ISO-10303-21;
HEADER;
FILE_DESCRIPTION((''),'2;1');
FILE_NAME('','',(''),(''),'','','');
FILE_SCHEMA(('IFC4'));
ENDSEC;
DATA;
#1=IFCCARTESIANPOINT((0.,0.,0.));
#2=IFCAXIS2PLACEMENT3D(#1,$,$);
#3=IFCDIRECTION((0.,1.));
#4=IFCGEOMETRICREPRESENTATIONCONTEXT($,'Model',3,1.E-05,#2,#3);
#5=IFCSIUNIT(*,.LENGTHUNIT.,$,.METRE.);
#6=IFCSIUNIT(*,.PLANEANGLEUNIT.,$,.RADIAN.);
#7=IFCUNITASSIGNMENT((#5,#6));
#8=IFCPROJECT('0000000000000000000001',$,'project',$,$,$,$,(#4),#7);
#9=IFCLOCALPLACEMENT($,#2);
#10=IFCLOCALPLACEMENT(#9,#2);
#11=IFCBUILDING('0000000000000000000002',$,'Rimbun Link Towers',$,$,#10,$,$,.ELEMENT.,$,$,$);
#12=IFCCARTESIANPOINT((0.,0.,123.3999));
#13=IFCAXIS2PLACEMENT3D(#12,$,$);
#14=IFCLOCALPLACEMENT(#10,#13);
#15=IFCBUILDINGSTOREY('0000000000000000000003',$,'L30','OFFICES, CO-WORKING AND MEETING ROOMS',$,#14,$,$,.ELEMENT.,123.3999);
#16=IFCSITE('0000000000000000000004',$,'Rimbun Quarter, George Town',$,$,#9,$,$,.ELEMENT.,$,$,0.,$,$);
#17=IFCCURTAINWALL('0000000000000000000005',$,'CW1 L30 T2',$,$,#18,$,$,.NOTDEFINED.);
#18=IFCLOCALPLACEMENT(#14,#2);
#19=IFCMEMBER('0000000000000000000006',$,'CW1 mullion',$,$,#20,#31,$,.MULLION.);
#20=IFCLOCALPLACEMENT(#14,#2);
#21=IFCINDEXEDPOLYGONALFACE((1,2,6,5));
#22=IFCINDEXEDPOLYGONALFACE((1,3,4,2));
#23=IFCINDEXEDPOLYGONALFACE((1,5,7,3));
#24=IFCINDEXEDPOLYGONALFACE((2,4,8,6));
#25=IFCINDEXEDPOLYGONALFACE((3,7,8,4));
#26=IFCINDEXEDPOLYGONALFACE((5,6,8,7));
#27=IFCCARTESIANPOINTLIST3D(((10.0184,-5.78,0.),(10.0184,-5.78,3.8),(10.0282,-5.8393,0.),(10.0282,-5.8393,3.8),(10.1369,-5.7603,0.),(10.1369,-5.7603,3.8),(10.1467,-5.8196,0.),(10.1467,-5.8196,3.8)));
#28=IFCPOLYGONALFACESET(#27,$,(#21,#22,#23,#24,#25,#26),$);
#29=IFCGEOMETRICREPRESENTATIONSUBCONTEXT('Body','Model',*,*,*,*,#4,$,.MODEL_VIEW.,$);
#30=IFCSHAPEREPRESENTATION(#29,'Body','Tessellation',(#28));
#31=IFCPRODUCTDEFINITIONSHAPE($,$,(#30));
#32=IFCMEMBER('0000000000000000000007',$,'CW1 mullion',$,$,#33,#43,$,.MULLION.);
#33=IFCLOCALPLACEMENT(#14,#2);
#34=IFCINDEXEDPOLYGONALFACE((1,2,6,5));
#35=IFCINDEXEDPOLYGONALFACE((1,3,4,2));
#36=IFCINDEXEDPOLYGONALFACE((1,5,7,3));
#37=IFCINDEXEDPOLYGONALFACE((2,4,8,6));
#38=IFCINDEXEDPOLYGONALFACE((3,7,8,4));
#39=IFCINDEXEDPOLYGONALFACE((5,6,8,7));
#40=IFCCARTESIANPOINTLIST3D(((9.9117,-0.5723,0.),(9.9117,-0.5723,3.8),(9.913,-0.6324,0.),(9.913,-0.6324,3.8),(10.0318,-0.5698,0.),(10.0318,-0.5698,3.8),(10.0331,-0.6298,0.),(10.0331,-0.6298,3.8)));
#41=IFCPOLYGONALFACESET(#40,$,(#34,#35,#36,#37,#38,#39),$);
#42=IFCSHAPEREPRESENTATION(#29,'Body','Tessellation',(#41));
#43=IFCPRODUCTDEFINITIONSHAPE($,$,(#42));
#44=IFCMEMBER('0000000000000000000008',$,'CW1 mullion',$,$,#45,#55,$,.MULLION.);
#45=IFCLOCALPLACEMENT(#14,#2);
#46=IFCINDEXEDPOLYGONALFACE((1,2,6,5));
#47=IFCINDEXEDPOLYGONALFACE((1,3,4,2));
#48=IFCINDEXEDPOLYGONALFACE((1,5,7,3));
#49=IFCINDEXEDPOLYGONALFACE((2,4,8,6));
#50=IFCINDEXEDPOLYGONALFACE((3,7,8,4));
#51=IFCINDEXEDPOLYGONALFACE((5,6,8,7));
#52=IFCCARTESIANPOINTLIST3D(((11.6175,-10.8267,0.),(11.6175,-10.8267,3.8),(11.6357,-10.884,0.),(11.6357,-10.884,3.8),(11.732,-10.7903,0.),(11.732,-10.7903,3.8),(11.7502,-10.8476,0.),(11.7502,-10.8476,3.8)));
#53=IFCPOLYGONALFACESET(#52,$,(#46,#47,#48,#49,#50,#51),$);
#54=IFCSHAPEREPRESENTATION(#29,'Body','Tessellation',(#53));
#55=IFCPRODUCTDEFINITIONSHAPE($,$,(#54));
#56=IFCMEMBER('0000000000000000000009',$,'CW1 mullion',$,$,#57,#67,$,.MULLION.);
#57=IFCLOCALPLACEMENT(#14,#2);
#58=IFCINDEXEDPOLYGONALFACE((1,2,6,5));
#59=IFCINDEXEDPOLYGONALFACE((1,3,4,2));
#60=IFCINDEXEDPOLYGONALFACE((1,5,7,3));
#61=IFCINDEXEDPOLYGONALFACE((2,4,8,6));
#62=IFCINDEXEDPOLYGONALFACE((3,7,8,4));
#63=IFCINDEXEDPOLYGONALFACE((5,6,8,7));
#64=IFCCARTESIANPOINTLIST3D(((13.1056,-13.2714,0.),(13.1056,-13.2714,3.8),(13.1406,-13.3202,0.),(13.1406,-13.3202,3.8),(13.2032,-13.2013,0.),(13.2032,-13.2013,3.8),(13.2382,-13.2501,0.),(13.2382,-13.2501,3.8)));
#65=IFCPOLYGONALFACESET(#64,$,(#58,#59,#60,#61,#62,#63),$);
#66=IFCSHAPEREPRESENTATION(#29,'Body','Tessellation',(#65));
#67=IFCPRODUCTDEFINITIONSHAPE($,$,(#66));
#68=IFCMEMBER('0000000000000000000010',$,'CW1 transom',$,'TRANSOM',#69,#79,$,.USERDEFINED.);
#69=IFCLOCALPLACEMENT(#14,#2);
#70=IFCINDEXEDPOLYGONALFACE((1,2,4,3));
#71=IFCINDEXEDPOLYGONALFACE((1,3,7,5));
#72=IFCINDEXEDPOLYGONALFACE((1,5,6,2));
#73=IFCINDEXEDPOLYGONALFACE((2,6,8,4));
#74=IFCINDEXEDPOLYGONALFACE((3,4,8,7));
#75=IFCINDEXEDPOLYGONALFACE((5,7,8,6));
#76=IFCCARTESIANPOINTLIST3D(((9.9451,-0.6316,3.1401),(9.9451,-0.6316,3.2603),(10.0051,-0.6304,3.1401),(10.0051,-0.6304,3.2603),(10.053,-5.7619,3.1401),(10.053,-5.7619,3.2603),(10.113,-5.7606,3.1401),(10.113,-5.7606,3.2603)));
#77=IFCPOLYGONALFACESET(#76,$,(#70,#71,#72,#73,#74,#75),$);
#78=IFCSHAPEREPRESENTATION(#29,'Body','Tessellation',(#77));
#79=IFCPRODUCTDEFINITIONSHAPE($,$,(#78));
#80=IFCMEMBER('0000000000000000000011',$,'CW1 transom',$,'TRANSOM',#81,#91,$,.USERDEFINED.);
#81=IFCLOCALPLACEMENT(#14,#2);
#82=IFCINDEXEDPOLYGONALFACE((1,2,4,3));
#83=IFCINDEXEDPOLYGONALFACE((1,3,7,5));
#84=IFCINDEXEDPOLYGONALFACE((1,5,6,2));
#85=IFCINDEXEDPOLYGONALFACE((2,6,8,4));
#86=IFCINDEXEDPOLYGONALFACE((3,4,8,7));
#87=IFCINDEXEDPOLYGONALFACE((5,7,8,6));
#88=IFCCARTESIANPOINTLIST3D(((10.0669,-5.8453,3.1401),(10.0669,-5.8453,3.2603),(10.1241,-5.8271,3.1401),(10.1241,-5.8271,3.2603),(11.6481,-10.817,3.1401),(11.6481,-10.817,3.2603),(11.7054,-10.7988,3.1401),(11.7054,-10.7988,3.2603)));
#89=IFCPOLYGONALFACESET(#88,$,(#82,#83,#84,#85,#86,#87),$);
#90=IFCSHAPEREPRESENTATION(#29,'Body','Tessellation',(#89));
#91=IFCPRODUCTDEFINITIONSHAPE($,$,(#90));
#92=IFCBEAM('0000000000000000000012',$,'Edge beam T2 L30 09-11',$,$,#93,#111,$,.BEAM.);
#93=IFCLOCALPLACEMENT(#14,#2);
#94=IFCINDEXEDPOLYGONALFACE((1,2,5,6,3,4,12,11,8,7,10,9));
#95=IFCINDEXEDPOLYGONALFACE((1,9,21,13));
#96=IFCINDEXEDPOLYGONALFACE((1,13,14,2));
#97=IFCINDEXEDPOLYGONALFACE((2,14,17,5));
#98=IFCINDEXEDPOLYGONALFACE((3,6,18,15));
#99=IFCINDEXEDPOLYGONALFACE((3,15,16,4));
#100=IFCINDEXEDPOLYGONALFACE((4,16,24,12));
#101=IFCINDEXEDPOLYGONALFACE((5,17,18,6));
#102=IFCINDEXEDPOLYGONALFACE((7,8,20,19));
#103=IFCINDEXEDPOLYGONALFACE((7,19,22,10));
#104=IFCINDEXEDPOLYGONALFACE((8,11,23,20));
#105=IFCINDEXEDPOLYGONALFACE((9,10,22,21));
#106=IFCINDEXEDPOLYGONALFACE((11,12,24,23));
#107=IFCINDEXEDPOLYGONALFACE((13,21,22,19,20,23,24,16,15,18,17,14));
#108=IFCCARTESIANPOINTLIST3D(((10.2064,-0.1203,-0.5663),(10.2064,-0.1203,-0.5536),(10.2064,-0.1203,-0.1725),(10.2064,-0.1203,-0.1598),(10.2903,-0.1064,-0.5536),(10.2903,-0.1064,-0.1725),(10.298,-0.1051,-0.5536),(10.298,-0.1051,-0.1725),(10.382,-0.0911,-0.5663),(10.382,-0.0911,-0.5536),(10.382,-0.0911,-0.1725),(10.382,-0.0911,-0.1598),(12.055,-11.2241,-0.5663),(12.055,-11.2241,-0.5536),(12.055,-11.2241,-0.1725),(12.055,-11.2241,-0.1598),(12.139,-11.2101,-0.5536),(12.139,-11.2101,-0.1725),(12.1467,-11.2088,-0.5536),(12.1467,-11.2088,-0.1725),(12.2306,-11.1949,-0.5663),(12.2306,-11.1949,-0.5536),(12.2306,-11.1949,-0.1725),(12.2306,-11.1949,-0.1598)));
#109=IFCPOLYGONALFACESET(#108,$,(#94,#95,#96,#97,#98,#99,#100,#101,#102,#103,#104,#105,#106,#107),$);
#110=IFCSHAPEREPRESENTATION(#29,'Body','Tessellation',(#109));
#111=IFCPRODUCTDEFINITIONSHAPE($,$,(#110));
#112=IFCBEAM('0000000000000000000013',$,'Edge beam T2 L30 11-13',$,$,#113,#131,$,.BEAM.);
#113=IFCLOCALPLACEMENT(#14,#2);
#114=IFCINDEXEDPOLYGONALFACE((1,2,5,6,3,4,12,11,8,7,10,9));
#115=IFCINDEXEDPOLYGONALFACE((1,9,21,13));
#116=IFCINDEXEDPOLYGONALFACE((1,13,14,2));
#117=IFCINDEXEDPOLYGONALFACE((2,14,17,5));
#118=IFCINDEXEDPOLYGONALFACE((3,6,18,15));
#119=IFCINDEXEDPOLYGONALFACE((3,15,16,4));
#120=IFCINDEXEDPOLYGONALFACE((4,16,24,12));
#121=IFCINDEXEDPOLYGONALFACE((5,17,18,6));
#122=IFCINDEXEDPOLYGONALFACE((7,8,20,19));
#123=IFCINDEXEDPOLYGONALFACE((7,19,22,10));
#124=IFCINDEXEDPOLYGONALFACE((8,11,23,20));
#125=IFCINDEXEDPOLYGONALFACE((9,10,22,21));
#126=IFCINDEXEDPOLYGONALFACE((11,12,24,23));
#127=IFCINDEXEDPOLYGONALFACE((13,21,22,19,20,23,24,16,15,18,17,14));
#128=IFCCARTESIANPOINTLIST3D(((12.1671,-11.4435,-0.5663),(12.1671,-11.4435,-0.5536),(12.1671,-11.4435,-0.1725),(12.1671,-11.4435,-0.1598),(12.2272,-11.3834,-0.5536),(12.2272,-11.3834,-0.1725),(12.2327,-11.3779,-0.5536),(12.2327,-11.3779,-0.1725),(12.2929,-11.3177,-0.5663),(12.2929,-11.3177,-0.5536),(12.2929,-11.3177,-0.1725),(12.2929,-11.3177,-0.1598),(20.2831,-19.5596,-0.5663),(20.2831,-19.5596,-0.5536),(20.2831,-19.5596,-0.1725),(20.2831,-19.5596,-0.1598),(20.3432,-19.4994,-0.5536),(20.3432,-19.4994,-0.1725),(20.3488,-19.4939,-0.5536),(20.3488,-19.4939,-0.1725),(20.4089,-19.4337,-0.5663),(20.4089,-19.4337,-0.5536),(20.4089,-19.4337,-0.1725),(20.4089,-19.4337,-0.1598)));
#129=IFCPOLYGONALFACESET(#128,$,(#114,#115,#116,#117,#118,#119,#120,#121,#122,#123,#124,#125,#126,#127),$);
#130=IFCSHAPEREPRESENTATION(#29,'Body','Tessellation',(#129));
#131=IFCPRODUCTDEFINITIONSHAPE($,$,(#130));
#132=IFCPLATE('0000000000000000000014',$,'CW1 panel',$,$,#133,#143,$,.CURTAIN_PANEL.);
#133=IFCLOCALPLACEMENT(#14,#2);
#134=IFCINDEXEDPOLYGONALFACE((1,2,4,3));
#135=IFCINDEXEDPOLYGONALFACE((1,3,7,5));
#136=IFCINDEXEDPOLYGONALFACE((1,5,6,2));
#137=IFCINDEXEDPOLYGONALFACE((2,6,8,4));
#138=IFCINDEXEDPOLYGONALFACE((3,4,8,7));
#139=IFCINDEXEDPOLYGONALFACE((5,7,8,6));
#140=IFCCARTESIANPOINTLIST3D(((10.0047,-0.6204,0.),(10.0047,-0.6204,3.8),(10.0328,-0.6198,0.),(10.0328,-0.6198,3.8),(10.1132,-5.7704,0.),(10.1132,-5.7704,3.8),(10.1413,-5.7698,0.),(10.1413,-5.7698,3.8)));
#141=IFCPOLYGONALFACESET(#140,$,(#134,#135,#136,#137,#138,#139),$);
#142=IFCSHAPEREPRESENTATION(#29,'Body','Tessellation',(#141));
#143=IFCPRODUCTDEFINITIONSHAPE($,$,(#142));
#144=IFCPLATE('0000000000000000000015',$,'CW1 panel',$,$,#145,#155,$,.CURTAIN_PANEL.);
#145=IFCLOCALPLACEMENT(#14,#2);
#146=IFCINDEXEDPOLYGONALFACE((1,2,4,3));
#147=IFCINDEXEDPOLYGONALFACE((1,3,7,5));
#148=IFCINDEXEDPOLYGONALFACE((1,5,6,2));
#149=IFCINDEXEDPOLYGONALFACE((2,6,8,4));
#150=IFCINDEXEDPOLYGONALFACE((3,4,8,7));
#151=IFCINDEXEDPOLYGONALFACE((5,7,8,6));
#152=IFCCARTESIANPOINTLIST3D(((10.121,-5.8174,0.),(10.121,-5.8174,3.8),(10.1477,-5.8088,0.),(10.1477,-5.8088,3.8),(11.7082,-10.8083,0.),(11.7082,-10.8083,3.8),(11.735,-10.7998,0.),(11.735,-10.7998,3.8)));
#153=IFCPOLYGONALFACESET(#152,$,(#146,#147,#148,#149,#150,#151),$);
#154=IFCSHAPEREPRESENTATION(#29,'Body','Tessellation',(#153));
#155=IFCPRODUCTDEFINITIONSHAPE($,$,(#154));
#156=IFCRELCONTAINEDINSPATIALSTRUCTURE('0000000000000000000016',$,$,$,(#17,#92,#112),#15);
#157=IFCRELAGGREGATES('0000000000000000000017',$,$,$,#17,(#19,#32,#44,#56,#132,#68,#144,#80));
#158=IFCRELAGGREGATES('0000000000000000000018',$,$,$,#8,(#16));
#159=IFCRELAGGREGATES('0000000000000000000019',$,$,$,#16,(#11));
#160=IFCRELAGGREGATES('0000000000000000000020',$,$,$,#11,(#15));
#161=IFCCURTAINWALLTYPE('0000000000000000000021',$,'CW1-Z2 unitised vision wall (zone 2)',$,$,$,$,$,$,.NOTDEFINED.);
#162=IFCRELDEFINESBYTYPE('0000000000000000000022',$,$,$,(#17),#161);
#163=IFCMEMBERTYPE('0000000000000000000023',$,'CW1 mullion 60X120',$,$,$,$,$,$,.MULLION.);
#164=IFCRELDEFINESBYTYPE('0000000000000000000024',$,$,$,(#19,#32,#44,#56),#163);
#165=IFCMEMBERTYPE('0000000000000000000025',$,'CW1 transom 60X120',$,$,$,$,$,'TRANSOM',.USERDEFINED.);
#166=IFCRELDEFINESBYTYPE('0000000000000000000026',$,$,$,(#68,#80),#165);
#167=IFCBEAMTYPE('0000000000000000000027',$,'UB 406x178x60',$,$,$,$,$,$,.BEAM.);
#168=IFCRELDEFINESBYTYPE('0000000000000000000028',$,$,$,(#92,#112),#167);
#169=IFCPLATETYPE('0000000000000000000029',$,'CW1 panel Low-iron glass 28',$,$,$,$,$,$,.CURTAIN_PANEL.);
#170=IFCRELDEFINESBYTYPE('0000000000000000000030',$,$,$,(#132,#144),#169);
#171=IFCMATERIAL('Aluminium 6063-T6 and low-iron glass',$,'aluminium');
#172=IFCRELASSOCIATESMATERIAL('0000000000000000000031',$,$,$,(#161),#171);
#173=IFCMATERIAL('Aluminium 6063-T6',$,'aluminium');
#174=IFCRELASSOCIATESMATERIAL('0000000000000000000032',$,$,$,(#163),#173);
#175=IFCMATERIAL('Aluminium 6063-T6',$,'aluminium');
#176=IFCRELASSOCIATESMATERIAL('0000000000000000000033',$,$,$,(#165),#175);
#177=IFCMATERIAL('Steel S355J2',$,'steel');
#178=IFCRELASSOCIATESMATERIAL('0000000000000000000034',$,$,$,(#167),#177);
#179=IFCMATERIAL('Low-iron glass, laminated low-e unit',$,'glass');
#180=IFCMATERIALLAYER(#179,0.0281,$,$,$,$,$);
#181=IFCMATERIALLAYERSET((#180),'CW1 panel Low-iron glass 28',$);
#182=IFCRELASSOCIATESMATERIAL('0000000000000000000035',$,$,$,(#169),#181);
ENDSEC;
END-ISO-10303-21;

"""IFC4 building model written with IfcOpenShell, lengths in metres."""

from ifc_helpers import new_model, si_unit, direction, frame, origin, origin_2d, place, context, subcontext, project, spatial, rectangle, i_section, extrude, material, layer, layer_set, material_profile, profile_set, type_object, element, aggregate, save


model = new_model("IFC4")

# Units and contexts
model_context = context("Model", 3, precision=1e-05, world=origin(), true_north=direction((0.0, 1.0)))
body_context = subcontext(model_context, "Body", "Model", "MODEL_VIEW")
ifc_project = project(units=[si_unit("LENGTHUNIT", "METRE"), si_unit("PLANEANGLEUNIT", "RADIAN")], contexts=[model_context])

# Site, building, storey
site_placement = place(None, origin())
site = spatial("IfcSite", under=ifc_project, at=site_placement, Name="Rimbun Quarter, George Town", CompositionType="ELEMENT", RefElevation=0.0)
building_placement = place(site_placement, origin())
building = spatial("IfcBuilding", under=site, at=building_placement, Name="Rimbun Link Towers", CompositionType="ELEMENT")
storey_placement = place(building_placement, frame((0.0, 0.0, 123.3999)))
storey = spatial("IfcBuildingStorey", under=building, at=storey_placement, Name="L30", Description="OFFICES, CO-WORKING AND MEETING ROOMS", CompositionType="ELEMENT", Elevation=123.3999)

# Curtain wall, members
ifc_material_1 = material(Name="Aluminium 6063-T6 and low-iron glass", Category="aluminium")
curtain_wall_type = type_object("IfcCurtainWallType", Name="CW1-Z2 unitised vision wall (zone 2)", PredefinedType="NOTDEFINED", material=ifc_material_1)
curtain_wall_placement = place(storey_placement, origin())
curtain_wall = element("IfcCurtainWall", 1, at=curtain_wall_placement, inside=storey, type_object=curtain_wall_type, Name="CW1 L30 T2", PredefinedType="NOTDEFINED")
ifc_material_2 = material(Name="Aluminium 6063-T6", Category="aluminium")
ifc_material_profile_1 = material_profile(ifc_material_2, rectangle(XDim=0.1201, YDim=0.0601, at=origin_2d()), Name="MULLION 60X120")
ifc_profile_set_1 = profile_set([ifc_material_profile_1], Name="Aluminium 6063-T6")
member_type_1 = type_object("IfcMemberType", Name="CW1 mullion 60X120", PredefinedType="MULLION", material=ifc_profile_set_1)
member_1_placement = place(storey_placement, frame((10.0825, -5.7998, 0.0), z_axis=(0.0, 0.0, 1.0), x_axis=(-0.986502, -0.163751, 0.0)))
member_1 = element("IfcMember", 2, at=member_1_placement, type_object=member_type_1, Name="CW1 mullion", PredefinedType="MULLION", context=body_context, shape_type="SweptSolid", body=[
    extrude(rectangle(XDim=0.1201, YDim=0.0601, at=origin_2d()), origin(), (0.0, 0.0, 1.0), 3.8),
])
member_2_placement = place(storey_placement, frame((9.9724, -0.6011, 0.0), z_axis=(0.0, 0.0, 1.0), x_axis=(-0.999778, -0.021066, 0.0)))
member_2 = element("IfcMember", 3, at=member_2_placement, type_object=member_type_1, Name="CW1 mullion", PredefinedType="MULLION", context=body_context, shape_type="SweptSolid", body=[
    extrude(rectangle(XDim=0.1201, YDim=0.0601, at=origin_2d()), origin(), (0.0, 0.0, 1.0), 3.8),
])
member_3_placement = place(storey_placement, frame((11.6838, -10.8372, 0.0), z_axis=(0.0, 0.0, 1.0), x_axis=(-0.952967, -0.303073, 0.0)))
member_3 = element("IfcMember", 4, at=member_3_placement, type_object=member_type_1, Name="CW1 mullion", PredefinedType="MULLION", context=body_context, shape_type="SweptSolid", body=[
    extrude(rectangle(XDim=0.1201, YDim=0.0601, at=origin_2d()), origin(), (0.0, 0.0, 1.0), 3.8),
])
member_4_placement = place(storey_placement, frame((13.1719, -13.2607, 0.0), z_axis=(0.0, 0.0, 1.0), x_axis=(-0.812469, -0.583004, 0.0)))
member_4 = element("IfcMember", 5, at=member_4_placement, type_object=member_type_1, Name="CW1 mullion", PredefinedType="MULLION", context=body_context, shape_type="SweptSolid", body=[
    extrude(rectangle(XDim=0.1201, YDim=0.0601, at=origin_2d()), origin(), (0.0, 0.0, 1.0), 3.8),
])
ifc_material_3 = material(Name="Aluminium 6063-T6", Category="aluminium")
ifc_material_profile_2 = material_profile(ifc_material_3, rectangle(XDim=0.0601, YDim=0.1201, at=origin_2d()), Name="TRANSOM 60X120")
ifc_profile_set_2 = profile_set([ifc_material_profile_2], Name="Aluminium 6063-T6")
member_type_2 = type_object("IfcMemberType", Name="CW1 transom 60X120", ElementType="TRANSOM", PredefinedType="USERDEFINED", material=ifc_profile_set_2)
member_5_placement = place(storey_placement, frame((10.083, -5.7612, 3.2002), z_axis=(-0.02103, 0.999779, 0.0), x_axis=(-0.999779, -0.02103, 0.0)))
member_5 = element("IfcMember", 6, at=member_5_placement, type_object=member_type_2, Name="CW1 transom", ObjectType="TRANSOM", PredefinedType="USERDEFINED", context=body_context, shape_type="SweptSolid", body=[
    extrude(rectangle(XDim=0.0601, YDim=0.1201, at=origin_2d()), origin(), (0.0, 0.0, 1.0), 5.1313),
])
member_6_placement = place(storey_placement, frame((11.6768, -10.8079, 3.2002), z_axis=(-0.303099, 0.952959, 0.0), x_axis=(-0.952959, -0.303099, 0.0)))
member_6 = element("IfcMember", 7, at=member_6_placement, type_object=member_type_2, Name="CW1 transom", ObjectType="TRANSOM", PredefinedType="USERDEFINED", context=body_context, shape_type="SweptSolid", body=[
    extrude(rectangle(XDim=0.0601, YDim=0.1201, at=origin_2d()), origin(), (0.0, 0.0, 1.0), 5.217),
])

# Beams
ifc_material_4 = material(Name="Steel S355J2", Category="steel")
ifc_material_profile_3 = material_profile(ifc_material_4, i_section(OverallWidth=0.178, OverallDepth=0.4065, WebThickness=0.0078, FlangeThickness=0.0127, at=origin_2d()), Name="UB 406x178x60")
ifc_profile_set_3 = profile_set([ifc_material_profile_3], Name="Steel S355J2")
beam_type = type_object("IfcBeamType", Name="UB 406x178x60", PredefinedType="BEAM", material=ifc_profile_set_3)
beam_1_placement = place(storey_placement, frame((10.2942, -0.1057, -0.363), z_axis=(0.164227, -0.986423, 0.0), x_axis=(0.986423, 0.164227, 0.0)))
element("IfcBeam", 8, at=beam_1_placement, inside=storey, type_object=beam_type, Name="Edge beam T2 L30 09-11", PredefinedType="BEAM", context=body_context, shape_type="SweptSolid", body=[
    extrude(i_section(OverallWidth=0.178, OverallDepth=0.4065, WebThickness=0.0078, FlangeThickness=0.0127, at=origin_2d()), origin(), (0.0, 0.0, 1.0), 11.2566),
])
beam_2_placement = place(storey_placement, frame((12.23, -11.3806, -0.363), z_axis=(0.707107, -0.707107, 0.0), x_axis=(0.707107, 0.707107, 0.0)))
element("IfcBeam", 9, at=beam_2_placement, inside=storey, type_object=beam_type, Name="Edge beam T2 L30 11-13", PredefinedType="BEAM", context=body_context, shape_type="SweptSolid", body=[
    extrude(i_section(OverallWidth=0.178, OverallDepth=0.4065, WebThickness=0.0078, FlangeThickness=0.0127, at=origin_2d()), origin(), (0.0, 0.0, 1.0), 11.4778),
])

# Plates
ifc_material_5 = material(Name="Low-iron glass, laminated low-e unit", Category="glass")
ifc_layer_1 = layer(ifc_material_5, 0.0281)
ifc_layer_set_1 = layer_set([ifc_layer_1], Name="CW1 panel Low-iron glass 28")
plate_type = type_object("IfcPlateType", Name="CW1 panel Low-iron glass 28", PredefinedType="CURTAIN_PANEL", material=ifc_layer_set_1)
plate_1_placement = place(storey_placement, frame((10.073, -3.1951, 0.0), z_axis=(0.0, 0.0, 1.0), x_axis=(-0.021066, 0.999778, 0.0)))
plate_1 = element("IfcPlate", 10, at=plate_1_placement, type_object=plate_type, Name="CW1 panel", PredefinedType="CURTAIN_PANEL", context=body_context, shape_type="SweptSolid", body=[
    extrude(rectangle(XDim=5.1511, YDim=0.0281, at=origin_2d()), origin(), (0.0, 0.0, 1.0), 3.8),
])
plate_2_placement = place(storey_placement, frame((10.928, -8.3086, 0.0), z_axis=(0.0, 0.0, 1.0), x_axis=(-0.303073, 0.952967, 0.0)))
plate_2 = element("IfcPlate", 11, at=plate_2_placement, type_object=plate_type, Name="CW1 panel", PredefinedType="CURTAIN_PANEL", context=body_context, shape_type="SweptSolid", body=[
    extrude(rectangle(XDim=5.2373, YDim=0.0281, at=origin_2d()), origin(), (0.0, 0.0, 1.0), 3.8),
])
aggregate(curtain_wall, [member_1, member_2, member_3, member_4, plate_1, member_5, plate_2, member_6])

save(model, "model.ifc")
